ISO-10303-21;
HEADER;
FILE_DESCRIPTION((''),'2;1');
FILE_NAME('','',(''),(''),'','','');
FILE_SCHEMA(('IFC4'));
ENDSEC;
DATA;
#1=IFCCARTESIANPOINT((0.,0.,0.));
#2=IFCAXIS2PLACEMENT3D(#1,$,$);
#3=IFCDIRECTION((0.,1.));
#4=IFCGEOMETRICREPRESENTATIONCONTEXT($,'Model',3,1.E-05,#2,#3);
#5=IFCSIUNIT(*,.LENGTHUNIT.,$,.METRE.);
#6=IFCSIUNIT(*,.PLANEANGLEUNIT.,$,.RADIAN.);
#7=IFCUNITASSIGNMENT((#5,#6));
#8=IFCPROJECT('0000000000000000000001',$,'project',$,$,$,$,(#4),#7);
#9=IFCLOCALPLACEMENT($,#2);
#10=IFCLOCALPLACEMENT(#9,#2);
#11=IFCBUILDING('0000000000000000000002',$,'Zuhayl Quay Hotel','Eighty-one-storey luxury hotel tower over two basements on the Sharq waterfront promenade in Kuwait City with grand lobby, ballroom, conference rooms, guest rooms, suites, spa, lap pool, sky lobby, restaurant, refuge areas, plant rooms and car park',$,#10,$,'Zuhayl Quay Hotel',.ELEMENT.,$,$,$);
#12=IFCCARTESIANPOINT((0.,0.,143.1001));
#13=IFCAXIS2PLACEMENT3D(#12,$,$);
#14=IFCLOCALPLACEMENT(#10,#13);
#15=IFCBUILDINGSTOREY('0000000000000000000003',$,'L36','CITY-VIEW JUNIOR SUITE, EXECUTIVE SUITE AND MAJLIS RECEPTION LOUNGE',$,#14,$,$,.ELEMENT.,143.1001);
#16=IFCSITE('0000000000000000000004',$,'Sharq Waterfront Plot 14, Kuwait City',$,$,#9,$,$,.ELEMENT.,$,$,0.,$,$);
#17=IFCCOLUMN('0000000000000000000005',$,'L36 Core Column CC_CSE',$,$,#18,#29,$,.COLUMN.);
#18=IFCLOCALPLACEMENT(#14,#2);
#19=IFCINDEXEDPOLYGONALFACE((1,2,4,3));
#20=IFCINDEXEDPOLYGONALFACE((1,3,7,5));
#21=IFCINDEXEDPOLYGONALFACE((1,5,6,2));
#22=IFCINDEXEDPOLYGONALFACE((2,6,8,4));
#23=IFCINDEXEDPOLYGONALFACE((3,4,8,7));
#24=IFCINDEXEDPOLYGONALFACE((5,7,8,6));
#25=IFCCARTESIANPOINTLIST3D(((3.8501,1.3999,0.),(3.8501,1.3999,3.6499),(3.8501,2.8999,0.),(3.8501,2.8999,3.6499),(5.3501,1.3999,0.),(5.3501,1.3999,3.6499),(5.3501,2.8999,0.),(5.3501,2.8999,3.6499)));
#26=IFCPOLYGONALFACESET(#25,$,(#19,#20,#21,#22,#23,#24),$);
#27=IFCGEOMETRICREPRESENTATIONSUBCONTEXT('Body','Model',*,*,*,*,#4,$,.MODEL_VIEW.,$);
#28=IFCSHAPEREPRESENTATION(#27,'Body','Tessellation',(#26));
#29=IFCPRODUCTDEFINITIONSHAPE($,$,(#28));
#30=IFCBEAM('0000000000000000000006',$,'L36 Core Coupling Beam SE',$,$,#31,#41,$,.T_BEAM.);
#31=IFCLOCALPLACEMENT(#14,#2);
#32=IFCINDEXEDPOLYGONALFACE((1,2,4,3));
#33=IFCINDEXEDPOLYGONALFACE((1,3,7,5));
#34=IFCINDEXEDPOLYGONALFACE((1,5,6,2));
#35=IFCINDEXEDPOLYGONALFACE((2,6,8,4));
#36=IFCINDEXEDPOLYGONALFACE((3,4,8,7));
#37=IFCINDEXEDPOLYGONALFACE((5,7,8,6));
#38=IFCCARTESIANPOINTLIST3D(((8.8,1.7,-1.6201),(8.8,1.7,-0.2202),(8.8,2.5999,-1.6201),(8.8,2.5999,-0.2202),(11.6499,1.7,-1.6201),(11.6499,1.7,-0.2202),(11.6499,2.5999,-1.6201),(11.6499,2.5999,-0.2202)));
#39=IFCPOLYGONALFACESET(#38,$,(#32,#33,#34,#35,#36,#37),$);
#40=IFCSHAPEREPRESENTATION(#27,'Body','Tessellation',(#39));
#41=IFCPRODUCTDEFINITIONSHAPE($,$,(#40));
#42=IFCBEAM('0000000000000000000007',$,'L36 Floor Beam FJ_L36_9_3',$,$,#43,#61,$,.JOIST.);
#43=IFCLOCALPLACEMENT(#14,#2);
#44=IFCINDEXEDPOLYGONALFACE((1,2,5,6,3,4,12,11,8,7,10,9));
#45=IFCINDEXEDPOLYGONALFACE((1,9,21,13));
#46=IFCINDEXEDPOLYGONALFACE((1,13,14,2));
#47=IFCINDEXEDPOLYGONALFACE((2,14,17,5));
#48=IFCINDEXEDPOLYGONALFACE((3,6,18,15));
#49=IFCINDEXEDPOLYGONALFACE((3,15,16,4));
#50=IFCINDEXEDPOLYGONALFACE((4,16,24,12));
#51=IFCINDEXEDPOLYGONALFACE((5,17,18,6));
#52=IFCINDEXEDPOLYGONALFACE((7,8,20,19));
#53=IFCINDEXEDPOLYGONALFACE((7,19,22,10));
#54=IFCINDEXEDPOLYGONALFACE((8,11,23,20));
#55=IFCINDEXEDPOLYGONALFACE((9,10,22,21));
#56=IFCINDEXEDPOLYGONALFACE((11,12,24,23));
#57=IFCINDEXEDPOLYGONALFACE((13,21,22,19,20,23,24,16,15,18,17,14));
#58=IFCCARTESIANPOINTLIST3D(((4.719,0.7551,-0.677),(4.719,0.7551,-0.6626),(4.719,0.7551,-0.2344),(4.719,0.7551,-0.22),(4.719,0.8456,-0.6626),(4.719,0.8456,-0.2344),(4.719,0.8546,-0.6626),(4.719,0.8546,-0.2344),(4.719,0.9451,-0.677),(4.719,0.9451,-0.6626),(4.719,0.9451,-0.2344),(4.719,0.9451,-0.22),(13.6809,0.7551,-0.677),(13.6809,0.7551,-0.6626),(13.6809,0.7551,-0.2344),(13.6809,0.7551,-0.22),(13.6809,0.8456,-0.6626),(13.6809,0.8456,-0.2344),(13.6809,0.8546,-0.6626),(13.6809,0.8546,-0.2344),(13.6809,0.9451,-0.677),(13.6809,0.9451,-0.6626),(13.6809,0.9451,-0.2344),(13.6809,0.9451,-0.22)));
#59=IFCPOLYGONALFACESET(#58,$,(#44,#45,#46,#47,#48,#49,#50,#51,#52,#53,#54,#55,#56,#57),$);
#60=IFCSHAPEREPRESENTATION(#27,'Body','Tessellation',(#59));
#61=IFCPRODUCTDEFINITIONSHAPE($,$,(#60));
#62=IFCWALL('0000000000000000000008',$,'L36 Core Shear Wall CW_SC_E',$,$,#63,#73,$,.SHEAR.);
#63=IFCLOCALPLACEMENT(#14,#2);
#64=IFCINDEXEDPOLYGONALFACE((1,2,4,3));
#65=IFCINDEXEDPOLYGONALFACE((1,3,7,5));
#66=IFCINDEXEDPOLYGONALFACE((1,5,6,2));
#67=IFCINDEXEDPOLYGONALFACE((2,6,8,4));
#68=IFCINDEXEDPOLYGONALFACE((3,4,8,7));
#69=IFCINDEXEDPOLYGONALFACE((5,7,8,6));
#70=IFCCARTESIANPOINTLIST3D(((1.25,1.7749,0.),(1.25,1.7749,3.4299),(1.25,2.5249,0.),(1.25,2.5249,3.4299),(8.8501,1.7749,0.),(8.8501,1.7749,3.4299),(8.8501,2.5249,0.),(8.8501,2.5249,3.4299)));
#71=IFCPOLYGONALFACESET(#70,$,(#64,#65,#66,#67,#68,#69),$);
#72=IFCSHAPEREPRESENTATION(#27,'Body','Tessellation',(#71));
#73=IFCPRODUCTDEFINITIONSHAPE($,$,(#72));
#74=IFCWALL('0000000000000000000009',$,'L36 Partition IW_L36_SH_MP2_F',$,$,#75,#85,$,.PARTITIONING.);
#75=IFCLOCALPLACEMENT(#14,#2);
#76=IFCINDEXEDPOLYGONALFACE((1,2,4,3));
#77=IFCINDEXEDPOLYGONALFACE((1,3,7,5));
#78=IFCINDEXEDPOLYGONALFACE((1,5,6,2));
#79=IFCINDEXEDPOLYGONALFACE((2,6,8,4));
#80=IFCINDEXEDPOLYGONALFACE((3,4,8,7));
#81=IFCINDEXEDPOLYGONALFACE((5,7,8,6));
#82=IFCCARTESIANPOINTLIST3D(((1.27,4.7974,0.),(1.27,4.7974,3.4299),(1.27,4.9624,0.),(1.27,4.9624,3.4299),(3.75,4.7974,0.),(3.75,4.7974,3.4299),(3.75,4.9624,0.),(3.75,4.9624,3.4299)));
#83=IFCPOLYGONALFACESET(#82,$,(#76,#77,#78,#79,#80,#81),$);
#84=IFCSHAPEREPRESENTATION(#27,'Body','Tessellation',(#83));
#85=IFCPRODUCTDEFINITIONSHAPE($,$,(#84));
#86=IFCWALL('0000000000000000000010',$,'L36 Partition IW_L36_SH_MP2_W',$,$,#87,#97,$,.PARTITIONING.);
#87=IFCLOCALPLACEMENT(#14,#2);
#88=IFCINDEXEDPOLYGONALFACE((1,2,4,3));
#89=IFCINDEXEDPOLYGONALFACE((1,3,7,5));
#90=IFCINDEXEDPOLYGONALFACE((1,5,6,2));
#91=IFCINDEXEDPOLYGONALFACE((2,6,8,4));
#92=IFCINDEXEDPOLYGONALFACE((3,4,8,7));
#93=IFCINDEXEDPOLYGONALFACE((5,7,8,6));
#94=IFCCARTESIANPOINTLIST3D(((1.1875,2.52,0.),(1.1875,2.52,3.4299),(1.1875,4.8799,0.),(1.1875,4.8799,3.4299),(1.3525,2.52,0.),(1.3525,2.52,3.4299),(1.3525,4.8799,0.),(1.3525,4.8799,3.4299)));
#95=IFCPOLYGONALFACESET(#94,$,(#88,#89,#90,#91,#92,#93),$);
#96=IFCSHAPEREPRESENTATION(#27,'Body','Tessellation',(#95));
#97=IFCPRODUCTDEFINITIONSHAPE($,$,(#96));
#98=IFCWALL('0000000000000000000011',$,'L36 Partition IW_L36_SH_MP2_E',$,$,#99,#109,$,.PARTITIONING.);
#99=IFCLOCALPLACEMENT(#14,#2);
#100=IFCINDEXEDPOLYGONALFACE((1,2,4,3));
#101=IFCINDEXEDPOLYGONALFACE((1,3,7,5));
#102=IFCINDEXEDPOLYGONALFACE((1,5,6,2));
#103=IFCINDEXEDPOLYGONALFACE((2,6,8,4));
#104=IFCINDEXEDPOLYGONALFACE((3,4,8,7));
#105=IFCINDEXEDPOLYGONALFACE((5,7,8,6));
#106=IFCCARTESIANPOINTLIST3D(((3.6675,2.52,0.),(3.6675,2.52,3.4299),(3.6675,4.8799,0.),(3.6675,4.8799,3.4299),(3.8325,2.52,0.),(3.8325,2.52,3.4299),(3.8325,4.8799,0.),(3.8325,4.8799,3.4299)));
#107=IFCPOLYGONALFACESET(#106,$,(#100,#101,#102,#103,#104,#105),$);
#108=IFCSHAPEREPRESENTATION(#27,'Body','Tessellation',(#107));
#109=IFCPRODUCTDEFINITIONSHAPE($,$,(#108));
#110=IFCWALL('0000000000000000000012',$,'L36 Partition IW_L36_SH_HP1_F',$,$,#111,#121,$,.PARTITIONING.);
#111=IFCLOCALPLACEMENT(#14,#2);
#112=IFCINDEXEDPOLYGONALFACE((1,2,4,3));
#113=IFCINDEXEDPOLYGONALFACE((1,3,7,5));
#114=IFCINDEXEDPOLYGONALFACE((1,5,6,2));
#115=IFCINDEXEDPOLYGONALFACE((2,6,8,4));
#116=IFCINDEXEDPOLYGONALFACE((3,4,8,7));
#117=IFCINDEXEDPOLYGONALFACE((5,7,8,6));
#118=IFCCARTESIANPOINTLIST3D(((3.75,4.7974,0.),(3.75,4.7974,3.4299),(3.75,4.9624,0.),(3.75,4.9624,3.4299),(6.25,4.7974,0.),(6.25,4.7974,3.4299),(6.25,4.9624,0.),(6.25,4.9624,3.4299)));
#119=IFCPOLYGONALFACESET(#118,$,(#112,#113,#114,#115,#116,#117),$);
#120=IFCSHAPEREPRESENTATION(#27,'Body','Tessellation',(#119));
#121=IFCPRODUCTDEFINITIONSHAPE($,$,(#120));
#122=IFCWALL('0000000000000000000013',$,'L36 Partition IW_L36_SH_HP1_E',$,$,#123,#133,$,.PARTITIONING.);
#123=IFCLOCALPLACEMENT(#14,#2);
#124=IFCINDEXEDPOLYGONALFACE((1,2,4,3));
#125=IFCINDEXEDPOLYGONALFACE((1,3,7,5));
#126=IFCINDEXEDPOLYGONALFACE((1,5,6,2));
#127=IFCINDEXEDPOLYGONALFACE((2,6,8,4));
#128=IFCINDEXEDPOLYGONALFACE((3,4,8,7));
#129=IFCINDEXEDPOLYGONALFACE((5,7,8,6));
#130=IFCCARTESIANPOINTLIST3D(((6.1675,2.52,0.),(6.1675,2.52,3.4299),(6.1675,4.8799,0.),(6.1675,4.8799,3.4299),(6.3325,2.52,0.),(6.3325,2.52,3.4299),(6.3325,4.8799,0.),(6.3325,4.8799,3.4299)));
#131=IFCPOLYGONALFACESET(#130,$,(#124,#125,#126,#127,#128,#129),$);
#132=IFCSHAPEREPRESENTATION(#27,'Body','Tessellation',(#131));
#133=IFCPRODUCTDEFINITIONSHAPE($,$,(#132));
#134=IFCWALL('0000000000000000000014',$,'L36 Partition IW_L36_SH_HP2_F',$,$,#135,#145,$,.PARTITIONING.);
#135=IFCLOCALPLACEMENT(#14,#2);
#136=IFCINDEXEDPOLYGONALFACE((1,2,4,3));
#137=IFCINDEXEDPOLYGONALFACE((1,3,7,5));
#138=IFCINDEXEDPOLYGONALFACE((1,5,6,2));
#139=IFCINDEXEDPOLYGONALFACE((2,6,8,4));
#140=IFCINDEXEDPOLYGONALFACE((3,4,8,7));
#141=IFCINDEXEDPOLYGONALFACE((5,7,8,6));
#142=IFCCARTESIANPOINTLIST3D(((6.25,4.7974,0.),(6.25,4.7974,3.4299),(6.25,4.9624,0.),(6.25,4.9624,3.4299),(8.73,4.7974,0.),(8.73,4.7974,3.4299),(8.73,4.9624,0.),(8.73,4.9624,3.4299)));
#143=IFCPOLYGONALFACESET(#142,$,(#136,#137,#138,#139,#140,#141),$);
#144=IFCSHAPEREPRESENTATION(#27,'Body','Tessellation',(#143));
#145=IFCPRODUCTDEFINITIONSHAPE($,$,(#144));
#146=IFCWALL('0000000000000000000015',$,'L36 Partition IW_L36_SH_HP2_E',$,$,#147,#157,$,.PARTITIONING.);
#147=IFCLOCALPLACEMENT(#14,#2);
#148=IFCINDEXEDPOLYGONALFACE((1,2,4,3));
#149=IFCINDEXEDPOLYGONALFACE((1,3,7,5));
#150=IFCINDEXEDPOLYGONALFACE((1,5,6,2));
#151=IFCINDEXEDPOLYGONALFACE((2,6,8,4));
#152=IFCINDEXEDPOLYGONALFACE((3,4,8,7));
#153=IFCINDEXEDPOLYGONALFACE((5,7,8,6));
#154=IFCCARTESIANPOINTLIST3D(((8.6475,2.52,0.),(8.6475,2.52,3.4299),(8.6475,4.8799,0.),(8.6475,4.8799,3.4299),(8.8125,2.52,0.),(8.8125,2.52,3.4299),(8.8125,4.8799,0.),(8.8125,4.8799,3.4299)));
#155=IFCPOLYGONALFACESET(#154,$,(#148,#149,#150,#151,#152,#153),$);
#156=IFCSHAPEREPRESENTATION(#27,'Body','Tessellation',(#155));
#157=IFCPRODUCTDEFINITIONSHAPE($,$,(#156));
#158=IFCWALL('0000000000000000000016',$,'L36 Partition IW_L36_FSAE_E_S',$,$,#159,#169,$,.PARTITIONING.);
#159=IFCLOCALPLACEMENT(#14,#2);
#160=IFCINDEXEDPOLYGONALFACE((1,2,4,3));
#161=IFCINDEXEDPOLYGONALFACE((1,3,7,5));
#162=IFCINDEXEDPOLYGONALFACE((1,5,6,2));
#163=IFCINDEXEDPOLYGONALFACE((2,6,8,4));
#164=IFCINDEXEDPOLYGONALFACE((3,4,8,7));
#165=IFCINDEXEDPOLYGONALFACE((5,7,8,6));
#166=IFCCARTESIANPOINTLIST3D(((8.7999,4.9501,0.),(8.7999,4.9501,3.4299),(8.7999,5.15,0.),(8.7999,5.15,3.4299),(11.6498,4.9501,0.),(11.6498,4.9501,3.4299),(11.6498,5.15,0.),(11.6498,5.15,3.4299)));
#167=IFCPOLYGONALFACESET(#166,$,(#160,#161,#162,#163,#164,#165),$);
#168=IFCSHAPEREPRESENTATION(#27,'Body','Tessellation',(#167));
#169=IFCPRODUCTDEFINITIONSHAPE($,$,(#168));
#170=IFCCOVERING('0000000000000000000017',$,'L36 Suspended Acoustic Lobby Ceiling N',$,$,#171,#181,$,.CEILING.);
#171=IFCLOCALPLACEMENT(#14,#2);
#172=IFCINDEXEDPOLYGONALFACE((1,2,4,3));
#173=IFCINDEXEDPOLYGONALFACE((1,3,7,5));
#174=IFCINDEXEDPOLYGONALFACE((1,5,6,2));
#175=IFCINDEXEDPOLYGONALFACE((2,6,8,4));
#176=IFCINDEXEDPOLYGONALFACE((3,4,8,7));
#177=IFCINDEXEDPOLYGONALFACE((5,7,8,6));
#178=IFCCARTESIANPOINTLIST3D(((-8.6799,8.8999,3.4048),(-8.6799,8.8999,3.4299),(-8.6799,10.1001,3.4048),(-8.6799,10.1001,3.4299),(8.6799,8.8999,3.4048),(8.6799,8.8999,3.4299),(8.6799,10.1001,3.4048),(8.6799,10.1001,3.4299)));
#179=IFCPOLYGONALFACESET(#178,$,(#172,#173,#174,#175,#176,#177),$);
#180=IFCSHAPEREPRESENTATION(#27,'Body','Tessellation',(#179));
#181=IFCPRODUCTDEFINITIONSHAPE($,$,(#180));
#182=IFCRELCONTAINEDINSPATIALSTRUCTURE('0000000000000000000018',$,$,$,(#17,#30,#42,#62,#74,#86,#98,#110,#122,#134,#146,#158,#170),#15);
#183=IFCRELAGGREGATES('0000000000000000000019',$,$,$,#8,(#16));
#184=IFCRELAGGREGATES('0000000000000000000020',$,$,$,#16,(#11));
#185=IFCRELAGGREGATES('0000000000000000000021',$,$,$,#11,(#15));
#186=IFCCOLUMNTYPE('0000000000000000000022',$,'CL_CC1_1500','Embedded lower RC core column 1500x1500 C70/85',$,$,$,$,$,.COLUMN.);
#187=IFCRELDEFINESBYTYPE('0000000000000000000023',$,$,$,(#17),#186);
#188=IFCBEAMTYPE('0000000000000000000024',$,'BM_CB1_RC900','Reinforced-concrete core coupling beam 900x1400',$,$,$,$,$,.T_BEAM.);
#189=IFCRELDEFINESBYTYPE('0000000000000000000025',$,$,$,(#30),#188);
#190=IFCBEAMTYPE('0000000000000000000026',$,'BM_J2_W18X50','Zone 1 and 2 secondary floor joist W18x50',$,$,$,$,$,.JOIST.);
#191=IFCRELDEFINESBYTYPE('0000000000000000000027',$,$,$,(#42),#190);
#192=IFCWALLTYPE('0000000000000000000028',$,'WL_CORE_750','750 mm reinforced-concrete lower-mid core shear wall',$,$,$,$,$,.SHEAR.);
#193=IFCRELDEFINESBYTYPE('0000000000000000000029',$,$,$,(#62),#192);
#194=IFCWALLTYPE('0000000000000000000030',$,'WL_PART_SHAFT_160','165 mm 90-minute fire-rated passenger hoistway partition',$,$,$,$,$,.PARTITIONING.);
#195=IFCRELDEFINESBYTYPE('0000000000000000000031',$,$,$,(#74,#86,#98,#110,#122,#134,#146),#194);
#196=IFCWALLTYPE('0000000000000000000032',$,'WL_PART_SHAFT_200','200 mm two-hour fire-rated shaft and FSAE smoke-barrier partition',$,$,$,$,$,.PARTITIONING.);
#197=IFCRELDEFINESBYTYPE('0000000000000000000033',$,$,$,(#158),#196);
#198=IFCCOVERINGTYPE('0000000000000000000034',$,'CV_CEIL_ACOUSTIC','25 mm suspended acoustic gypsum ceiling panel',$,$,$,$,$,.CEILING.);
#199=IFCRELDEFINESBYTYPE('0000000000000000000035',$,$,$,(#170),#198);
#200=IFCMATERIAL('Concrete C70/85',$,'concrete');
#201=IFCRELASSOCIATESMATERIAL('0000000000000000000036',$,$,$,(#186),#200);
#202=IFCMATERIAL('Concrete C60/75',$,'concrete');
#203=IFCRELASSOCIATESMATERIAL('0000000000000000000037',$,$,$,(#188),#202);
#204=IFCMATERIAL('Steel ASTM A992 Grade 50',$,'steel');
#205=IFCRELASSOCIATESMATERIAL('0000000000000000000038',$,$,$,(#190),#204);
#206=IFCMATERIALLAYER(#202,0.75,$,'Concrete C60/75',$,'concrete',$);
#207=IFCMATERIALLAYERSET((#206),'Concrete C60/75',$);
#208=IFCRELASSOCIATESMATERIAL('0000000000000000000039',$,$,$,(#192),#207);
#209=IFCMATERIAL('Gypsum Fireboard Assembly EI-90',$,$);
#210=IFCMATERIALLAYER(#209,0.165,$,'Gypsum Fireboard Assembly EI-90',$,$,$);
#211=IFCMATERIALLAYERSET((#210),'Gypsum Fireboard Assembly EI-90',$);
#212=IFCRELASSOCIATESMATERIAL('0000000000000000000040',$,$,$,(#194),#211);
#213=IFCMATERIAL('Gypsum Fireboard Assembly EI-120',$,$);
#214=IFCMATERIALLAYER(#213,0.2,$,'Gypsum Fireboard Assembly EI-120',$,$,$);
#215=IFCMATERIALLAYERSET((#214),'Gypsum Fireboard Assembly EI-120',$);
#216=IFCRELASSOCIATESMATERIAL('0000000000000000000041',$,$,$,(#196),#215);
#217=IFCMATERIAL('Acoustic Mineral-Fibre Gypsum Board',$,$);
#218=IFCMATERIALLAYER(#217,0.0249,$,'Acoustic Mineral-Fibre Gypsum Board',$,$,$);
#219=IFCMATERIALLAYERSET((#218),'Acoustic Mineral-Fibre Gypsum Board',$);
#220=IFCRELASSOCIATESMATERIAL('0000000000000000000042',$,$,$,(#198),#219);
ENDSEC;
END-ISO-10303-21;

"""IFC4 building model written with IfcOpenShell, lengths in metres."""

from ifc_helpers import new_model, si_unit, direction, frame, frame_2d, origin, origin_2d, place, context, subcontext, project, spatial, polyline, rectangle, i_section, outline, extrude, material, layer, layer_set, material_profile, profile_set, type_object, element, save


model = new_model("IFC4")

# Units and contexts
model_context = context("Model", 3, precision=1e-05, world=origin(), true_north=direction((0.0, 1.0)))
body_context = subcontext(model_context, "Body", "Model", "MODEL_VIEW")
ifc_project = project(units=[si_unit("LENGTHUNIT", "METRE"), si_unit("PLANEANGLEUNIT", "RADIAN")], contexts=[model_context])

# Site, building, storey
site_placement = place(None, origin())
site = spatial("IfcSite", under=ifc_project, at=site_placement, Name="Sharq Waterfront Plot 14, Kuwait City", CompositionType="ELEMENT", RefElevation=0.0)
building_placement = place(site_placement, origin())
building = spatial("IfcBuilding", under=site, at=building_placement, Name="Zuhayl Quay Hotel", Description="Eighty-one-storey luxury hotel tower over two basements on the Sharq waterfront promenade in Kuwait City with grand lobby, ballroom, conference rooms, guest rooms, suites, spa, lap pool, sky lobby, restaurant, refuge areas, plant rooms and car park", LongName="Zuhayl Quay Hotel", CompositionType="ELEMENT")
storey_placement = place(building_placement, frame((0.0, 0.0, 143.1001)))
storey = spatial("IfcBuildingStorey", under=building, at=storey_placement, Name="L36", Description="CITY-VIEW JUNIOR SUITE, EXECUTIVE SUITE AND MAJLIS RECEPTION LOUNGE", CompositionType="ELEMENT", Elevation=143.1001)

# Column
ifc_material_1 = material(Name="Concrete C70/85", Category="concrete")
ifc_material_profile_1 = material_profile(ifc_material_1, rectangle(XDim=1.5, YDim=1.5, at=origin_2d()), Name="RC1500X1500")
ifc_profile_set_1 = profile_set([ifc_material_profile_1], Name="Concrete C70/85")
column_type = type_object("IfcColumnType", Name="CL_CC1_1500", Description="Embedded lower RC core column 1500x1500 C70/85", PredefinedType="COLUMN", material=ifc_profile_set_1)
column_placement = place(storey_placement, frame((4.6001, 2.1499, 0.0), z_axis=(0.0, 0.0, 1.0), x_axis=(1.0, 0.0, 0.0)))
element("IfcColumn", 1, at=column_placement, inside=storey, type_object=column_type, Name="L36 Core Column CC_CSE", PredefinedType="COLUMN", context=body_context, shape_type="SweptSolid", body=[
    extrude(rectangle(XDim=1.5, YDim=1.5, at=origin_2d()), origin(), (0.0, 0.0, 1.0), 3.6499),
])

# Beams
ifc_material_2 = material(Name="Concrete C60/75", Category="concrete")
ifc_material_profile_2 = material_profile(ifc_material_2, rectangle(XDim=0.8999, YDim=1.3999, at=origin_2d()), Name="RC900X1400")
ifc_profile_set_2 = profile_set([ifc_material_profile_2], Name="Concrete C60/75")
beam_type_1 = type_object("IfcBeamType", Name="BM_CB1_RC900", Description="Reinforced-concrete core coupling beam 900x1400", PredefinedType="T_BEAM", material=ifc_profile_set_2)
beam_1_placement = place(storey_placement, frame((8.8, 2.1499, -0.9202), z_axis=(1.0, 0.0, 0.0), x_axis=(0.0, 1.0, 0.0)))
element("IfcBeam", 2, at=beam_1_placement, inside=storey, type_object=beam_type_1, Name="L36 Core Coupling Beam SE", PredefinedType="T_BEAM", context=body_context, shape_type="SweptSolid", body=[
    extrude(rectangle(XDim=0.8999, YDim=1.3999, at=origin_2d()), origin(), (0.0, 0.0, 1.0), 2.8499),
])
ifc_material_3 = material(Name="Steel ASTM A992 Grade 50", Category="steel")
ifc_material_profile_3 = material_profile(ifc_material_3, i_section(OverallWidth=0.1899, OverallDepth=0.457, WebThickness=0.009, FlangeThickness=0.0144, at=origin_2d()), Name="W18X50")
ifc_profile_set_3 = profile_set([ifc_material_profile_3], Name="Steel ASTM A992 Grade 50")
beam_type_2 = type_object("IfcBeamType", Name="BM_J2_W18X50", Description="Zone 1 and 2 secondary floor joist W18x50", PredefinedType="JOIST", material=ifc_profile_set_3)
beam_2_placement = place(storey_placement, frame((4.719, 0.8501, -0.4485), z_axis=(1.0, 0.0, 0.0), x_axis=(0.0, 1.0, 0.0)))
element("IfcBeam", 3, at=beam_2_placement, inside=storey, type_object=beam_type_2, Name="L36 Floor Beam FJ_L36_9_3", PredefinedType="JOIST", context=body_context, shape_type="SweptSolid", body=[
    extrude(i_section(OverallWidth=0.1899, OverallDepth=0.457, WebThickness=0.009, FlangeThickness=0.0144, at=origin_2d()), origin(), (0.0, 0.0, 1.0), 8.9619),
])

# Walls
ifc_layer_1 = layer(ifc_material_2, 0.75, Name="Concrete C60/75", Category="concrete")
ifc_layer_set_1 = layer_set([ifc_layer_1], Name="Concrete C60/75")
wall_type_1 = type_object("IfcWallType", Name="WL_CORE_750", Description="750 mm reinforced-concrete lower-mid core shear wall", PredefinedType="SHEAR", material=ifc_layer_set_1)
wall_1_placement = place(storey_placement, frame((1.25, 2.1499, 0.0), z_axis=(0.0, 0.0, 1.0), x_axis=(1.0, 0.0, 0.0)))
element("IfcWall", 4, at=wall_1_placement, inside=storey, type_object=wall_type_1, Name="L36 Core Shear Wall CW_SC_E", PredefinedType="SHEAR", context=body_context, shape_type="SweptSolid", body=[
    extrude(rectangle(XDim=7.6001, YDim=0.75, at=frame_2d((3.8, 0.0))), origin(), (0.0, 0.0, 1.0), 3.4299),
])
ifc_material_4 = material(Name="Gypsum Fireboard Assembly EI-90")
ifc_layer_2 = layer(ifc_material_4, 0.165, Name="Gypsum Fireboard Assembly EI-90")
ifc_layer_set_2 = layer_set([ifc_layer_2], Name="Gypsum Fireboard Assembly EI-90")
wall_type_2 = type_object("IfcWallType", Name="WL_PART_SHAFT_160", Description="165 mm 90-minute fire-rated passenger hoistway partition", PredefinedType="PARTITIONING", material=ifc_layer_set_2)
wall_2_placement = place(storey_placement, frame((1.27, 4.8799, 0.0), z_axis=(0.0, 0.0, 1.0), x_axis=(1.0, 0.0, 0.0)))
element("IfcWall", 5, at=wall_2_placement, inside=storey, type_object=wall_type_2, Name="L36 Partition IW_L36_SH_MP2_F", PredefinedType="PARTITIONING", context=body_context, shape_type="SweptSolid", body=[
    extrude(rectangle(XDim=2.48, YDim=0.165, at=frame_2d((1.24, 0.0))), origin(), (0.0, 0.0, 1.0), 3.4299),
])
for number, where, z_axis, x_axis, name in (
    (6, (1.27, 2.52, 0.0), (0.0, 0.0, 1.0), (0.0, 1.0, 0.0), "L36 Partition IW_L36_SH_MP2_W"),
    (7, (3.75, 2.52, 0.0), (0.0, 0.0, 1.0), (0.0, 1.0, 0.0), "L36 Partition IW_L36_SH_MP2_E"),
):
    element("IfcWall", number, at=place(storey_placement, frame(where, z_axis=z_axis, x_axis=x_axis)), inside=storey, type_object=wall_type_2, Name=name, PredefinedType="PARTITIONING", context=body_context, shape_type="SweptSolid", body=[
        extrude(rectangle(XDim=2.3599, YDim=0.165, at=frame_2d((1.1799, 0.0))), origin(), (0.0, 0.0, 1.0), 3.4299),
    ])
wall_3_placement = place(storey_placement, frame((3.75, 4.8799, 0.0), z_axis=(0.0, 0.0, 1.0), x_axis=(1.0, 0.0, 0.0)))
element("IfcWall", 8, at=wall_3_placement, inside=storey, type_object=wall_type_2, Name="L36 Partition IW_L36_SH_HP1_F", PredefinedType="PARTITIONING", context=body_context, shape_type="SweptSolid", body=[
    extrude(rectangle(XDim=2.5, YDim=0.165, at=frame_2d((1.25, 0.0))), origin(), (0.0, 0.0, 1.0), 3.4299),
])
wall_4_placement = place(storey_placement, frame((6.25, 2.52, 0.0), z_axis=(0.0, 0.0, 1.0), x_axis=(0.0, 1.0, 0.0)))
element("IfcWall", 9, at=wall_4_placement, inside=storey, type_object=wall_type_2, Name="L36 Partition IW_L36_SH_HP1_E", PredefinedType="PARTITIONING", context=body_context, shape_type="SweptSolid", body=[
    extrude(rectangle(XDim=2.3599, YDim=0.165, at=frame_2d((1.1799, 0.0))), origin(), (0.0, 0.0, 1.0), 3.4299),
])
wall_5_placement = place(storey_placement, frame((6.25, 4.8799, 0.0), z_axis=(0.0, 0.0, 1.0), x_axis=(1.0, 0.0, 0.0)))
element("IfcWall", 10, at=wall_5_placement, inside=storey, type_object=wall_type_2, Name="L36 Partition IW_L36_SH_HP2_F", PredefinedType="PARTITIONING", context=body_context, shape_type="SweptSolid", body=[
    extrude(rectangle(XDim=2.48, YDim=0.165, at=frame_2d((1.24, 0.0))), origin(), (0.0, 0.0, 1.0), 3.4299),
])
wall_6_placement = place(storey_placement, frame((8.73, 2.52, 0.0), z_axis=(0.0, 0.0, 1.0), x_axis=(0.0, 1.0, 0.0)))
element("IfcWall", 11, at=wall_6_placement, inside=storey, type_object=wall_type_2, Name="L36 Partition IW_L36_SH_HP2_E", PredefinedType="PARTITIONING", context=body_context, shape_type="SweptSolid", body=[
    extrude(rectangle(XDim=2.3599, YDim=0.165, at=frame_2d((1.1799, 0.0))), origin(), (0.0, 0.0, 1.0), 3.4299),
])
ifc_material_5 = material(Name="Gypsum Fireboard Assembly EI-120")
ifc_layer_3 = layer(ifc_material_5, 0.2, Name="Gypsum Fireboard Assembly EI-120")
ifc_layer_set_3 = layer_set([ifc_layer_3], Name="Gypsum Fireboard Assembly EI-120")
wall_type_3 = type_object("IfcWallType", Name="WL_PART_SHAFT_200", Description="200 mm two-hour fire-rated shaft and FSAE smoke-barrier partition", PredefinedType="PARTITIONING", material=ifc_layer_set_3)
wall_7_placement = place(storey_placement, frame((8.8, 5.05, 0.0), z_axis=(0.0, 0.0, 1.0), x_axis=(1.0, 0.0, 0.0)))
element("IfcWall", 12, at=wall_7_placement, inside=storey, type_object=wall_type_3, Name="L36 Partition IW_L36_FSAE_E_S", PredefinedType="PARTITIONING", context=body_context, shape_type="SweptSolid", body=[
    extrude(rectangle(XDim=2.8499, YDim=0.2, at=frame_2d((1.4248, 0.0))), origin(), (0.0, 0.0, 1.0), 3.4299),
])

# Covering
ifc_material_6 = material(Name="Acoustic Mineral-Fibre Gypsum Board")
ifc_layer_4 = layer(ifc_material_6, 0.0249, Name="Acoustic Mineral-Fibre Gypsum Board")
ifc_layer_set_4 = layer_set([ifc_layer_4], Name="Acoustic Mineral-Fibre Gypsum Board")
covering_type_1 = type_object("IfcCoveringType", Name="CV_CEIL_ACOUSTIC", Description="25 mm suspended acoustic gypsum ceiling panel", PredefinedType="CEILING", material=ifc_layer_set_4)
covering_1_placement = place(storey_placement, frame((0.0, 0.0, 3.4048)))
element("IfcCovering", 13, at=covering_1_placement, inside=storey, type_object=covering_type_1, Name="L36 Suspended Acoustic Lobby Ceiling N", PredefinedType="CEILING", context=body_context, shape_type="SweptSolid", body=[
    extrude(outline(polyline([(-8.6799, 8.8999), (8.6799, 8.8999), (8.6799, 10.1001), (-8.6799, 10.1001), (-8.6799, 8.8999)])), origin(), (0.0, 0.0, 1.0), 0.0251),
])

save(model, "model.ifc")
